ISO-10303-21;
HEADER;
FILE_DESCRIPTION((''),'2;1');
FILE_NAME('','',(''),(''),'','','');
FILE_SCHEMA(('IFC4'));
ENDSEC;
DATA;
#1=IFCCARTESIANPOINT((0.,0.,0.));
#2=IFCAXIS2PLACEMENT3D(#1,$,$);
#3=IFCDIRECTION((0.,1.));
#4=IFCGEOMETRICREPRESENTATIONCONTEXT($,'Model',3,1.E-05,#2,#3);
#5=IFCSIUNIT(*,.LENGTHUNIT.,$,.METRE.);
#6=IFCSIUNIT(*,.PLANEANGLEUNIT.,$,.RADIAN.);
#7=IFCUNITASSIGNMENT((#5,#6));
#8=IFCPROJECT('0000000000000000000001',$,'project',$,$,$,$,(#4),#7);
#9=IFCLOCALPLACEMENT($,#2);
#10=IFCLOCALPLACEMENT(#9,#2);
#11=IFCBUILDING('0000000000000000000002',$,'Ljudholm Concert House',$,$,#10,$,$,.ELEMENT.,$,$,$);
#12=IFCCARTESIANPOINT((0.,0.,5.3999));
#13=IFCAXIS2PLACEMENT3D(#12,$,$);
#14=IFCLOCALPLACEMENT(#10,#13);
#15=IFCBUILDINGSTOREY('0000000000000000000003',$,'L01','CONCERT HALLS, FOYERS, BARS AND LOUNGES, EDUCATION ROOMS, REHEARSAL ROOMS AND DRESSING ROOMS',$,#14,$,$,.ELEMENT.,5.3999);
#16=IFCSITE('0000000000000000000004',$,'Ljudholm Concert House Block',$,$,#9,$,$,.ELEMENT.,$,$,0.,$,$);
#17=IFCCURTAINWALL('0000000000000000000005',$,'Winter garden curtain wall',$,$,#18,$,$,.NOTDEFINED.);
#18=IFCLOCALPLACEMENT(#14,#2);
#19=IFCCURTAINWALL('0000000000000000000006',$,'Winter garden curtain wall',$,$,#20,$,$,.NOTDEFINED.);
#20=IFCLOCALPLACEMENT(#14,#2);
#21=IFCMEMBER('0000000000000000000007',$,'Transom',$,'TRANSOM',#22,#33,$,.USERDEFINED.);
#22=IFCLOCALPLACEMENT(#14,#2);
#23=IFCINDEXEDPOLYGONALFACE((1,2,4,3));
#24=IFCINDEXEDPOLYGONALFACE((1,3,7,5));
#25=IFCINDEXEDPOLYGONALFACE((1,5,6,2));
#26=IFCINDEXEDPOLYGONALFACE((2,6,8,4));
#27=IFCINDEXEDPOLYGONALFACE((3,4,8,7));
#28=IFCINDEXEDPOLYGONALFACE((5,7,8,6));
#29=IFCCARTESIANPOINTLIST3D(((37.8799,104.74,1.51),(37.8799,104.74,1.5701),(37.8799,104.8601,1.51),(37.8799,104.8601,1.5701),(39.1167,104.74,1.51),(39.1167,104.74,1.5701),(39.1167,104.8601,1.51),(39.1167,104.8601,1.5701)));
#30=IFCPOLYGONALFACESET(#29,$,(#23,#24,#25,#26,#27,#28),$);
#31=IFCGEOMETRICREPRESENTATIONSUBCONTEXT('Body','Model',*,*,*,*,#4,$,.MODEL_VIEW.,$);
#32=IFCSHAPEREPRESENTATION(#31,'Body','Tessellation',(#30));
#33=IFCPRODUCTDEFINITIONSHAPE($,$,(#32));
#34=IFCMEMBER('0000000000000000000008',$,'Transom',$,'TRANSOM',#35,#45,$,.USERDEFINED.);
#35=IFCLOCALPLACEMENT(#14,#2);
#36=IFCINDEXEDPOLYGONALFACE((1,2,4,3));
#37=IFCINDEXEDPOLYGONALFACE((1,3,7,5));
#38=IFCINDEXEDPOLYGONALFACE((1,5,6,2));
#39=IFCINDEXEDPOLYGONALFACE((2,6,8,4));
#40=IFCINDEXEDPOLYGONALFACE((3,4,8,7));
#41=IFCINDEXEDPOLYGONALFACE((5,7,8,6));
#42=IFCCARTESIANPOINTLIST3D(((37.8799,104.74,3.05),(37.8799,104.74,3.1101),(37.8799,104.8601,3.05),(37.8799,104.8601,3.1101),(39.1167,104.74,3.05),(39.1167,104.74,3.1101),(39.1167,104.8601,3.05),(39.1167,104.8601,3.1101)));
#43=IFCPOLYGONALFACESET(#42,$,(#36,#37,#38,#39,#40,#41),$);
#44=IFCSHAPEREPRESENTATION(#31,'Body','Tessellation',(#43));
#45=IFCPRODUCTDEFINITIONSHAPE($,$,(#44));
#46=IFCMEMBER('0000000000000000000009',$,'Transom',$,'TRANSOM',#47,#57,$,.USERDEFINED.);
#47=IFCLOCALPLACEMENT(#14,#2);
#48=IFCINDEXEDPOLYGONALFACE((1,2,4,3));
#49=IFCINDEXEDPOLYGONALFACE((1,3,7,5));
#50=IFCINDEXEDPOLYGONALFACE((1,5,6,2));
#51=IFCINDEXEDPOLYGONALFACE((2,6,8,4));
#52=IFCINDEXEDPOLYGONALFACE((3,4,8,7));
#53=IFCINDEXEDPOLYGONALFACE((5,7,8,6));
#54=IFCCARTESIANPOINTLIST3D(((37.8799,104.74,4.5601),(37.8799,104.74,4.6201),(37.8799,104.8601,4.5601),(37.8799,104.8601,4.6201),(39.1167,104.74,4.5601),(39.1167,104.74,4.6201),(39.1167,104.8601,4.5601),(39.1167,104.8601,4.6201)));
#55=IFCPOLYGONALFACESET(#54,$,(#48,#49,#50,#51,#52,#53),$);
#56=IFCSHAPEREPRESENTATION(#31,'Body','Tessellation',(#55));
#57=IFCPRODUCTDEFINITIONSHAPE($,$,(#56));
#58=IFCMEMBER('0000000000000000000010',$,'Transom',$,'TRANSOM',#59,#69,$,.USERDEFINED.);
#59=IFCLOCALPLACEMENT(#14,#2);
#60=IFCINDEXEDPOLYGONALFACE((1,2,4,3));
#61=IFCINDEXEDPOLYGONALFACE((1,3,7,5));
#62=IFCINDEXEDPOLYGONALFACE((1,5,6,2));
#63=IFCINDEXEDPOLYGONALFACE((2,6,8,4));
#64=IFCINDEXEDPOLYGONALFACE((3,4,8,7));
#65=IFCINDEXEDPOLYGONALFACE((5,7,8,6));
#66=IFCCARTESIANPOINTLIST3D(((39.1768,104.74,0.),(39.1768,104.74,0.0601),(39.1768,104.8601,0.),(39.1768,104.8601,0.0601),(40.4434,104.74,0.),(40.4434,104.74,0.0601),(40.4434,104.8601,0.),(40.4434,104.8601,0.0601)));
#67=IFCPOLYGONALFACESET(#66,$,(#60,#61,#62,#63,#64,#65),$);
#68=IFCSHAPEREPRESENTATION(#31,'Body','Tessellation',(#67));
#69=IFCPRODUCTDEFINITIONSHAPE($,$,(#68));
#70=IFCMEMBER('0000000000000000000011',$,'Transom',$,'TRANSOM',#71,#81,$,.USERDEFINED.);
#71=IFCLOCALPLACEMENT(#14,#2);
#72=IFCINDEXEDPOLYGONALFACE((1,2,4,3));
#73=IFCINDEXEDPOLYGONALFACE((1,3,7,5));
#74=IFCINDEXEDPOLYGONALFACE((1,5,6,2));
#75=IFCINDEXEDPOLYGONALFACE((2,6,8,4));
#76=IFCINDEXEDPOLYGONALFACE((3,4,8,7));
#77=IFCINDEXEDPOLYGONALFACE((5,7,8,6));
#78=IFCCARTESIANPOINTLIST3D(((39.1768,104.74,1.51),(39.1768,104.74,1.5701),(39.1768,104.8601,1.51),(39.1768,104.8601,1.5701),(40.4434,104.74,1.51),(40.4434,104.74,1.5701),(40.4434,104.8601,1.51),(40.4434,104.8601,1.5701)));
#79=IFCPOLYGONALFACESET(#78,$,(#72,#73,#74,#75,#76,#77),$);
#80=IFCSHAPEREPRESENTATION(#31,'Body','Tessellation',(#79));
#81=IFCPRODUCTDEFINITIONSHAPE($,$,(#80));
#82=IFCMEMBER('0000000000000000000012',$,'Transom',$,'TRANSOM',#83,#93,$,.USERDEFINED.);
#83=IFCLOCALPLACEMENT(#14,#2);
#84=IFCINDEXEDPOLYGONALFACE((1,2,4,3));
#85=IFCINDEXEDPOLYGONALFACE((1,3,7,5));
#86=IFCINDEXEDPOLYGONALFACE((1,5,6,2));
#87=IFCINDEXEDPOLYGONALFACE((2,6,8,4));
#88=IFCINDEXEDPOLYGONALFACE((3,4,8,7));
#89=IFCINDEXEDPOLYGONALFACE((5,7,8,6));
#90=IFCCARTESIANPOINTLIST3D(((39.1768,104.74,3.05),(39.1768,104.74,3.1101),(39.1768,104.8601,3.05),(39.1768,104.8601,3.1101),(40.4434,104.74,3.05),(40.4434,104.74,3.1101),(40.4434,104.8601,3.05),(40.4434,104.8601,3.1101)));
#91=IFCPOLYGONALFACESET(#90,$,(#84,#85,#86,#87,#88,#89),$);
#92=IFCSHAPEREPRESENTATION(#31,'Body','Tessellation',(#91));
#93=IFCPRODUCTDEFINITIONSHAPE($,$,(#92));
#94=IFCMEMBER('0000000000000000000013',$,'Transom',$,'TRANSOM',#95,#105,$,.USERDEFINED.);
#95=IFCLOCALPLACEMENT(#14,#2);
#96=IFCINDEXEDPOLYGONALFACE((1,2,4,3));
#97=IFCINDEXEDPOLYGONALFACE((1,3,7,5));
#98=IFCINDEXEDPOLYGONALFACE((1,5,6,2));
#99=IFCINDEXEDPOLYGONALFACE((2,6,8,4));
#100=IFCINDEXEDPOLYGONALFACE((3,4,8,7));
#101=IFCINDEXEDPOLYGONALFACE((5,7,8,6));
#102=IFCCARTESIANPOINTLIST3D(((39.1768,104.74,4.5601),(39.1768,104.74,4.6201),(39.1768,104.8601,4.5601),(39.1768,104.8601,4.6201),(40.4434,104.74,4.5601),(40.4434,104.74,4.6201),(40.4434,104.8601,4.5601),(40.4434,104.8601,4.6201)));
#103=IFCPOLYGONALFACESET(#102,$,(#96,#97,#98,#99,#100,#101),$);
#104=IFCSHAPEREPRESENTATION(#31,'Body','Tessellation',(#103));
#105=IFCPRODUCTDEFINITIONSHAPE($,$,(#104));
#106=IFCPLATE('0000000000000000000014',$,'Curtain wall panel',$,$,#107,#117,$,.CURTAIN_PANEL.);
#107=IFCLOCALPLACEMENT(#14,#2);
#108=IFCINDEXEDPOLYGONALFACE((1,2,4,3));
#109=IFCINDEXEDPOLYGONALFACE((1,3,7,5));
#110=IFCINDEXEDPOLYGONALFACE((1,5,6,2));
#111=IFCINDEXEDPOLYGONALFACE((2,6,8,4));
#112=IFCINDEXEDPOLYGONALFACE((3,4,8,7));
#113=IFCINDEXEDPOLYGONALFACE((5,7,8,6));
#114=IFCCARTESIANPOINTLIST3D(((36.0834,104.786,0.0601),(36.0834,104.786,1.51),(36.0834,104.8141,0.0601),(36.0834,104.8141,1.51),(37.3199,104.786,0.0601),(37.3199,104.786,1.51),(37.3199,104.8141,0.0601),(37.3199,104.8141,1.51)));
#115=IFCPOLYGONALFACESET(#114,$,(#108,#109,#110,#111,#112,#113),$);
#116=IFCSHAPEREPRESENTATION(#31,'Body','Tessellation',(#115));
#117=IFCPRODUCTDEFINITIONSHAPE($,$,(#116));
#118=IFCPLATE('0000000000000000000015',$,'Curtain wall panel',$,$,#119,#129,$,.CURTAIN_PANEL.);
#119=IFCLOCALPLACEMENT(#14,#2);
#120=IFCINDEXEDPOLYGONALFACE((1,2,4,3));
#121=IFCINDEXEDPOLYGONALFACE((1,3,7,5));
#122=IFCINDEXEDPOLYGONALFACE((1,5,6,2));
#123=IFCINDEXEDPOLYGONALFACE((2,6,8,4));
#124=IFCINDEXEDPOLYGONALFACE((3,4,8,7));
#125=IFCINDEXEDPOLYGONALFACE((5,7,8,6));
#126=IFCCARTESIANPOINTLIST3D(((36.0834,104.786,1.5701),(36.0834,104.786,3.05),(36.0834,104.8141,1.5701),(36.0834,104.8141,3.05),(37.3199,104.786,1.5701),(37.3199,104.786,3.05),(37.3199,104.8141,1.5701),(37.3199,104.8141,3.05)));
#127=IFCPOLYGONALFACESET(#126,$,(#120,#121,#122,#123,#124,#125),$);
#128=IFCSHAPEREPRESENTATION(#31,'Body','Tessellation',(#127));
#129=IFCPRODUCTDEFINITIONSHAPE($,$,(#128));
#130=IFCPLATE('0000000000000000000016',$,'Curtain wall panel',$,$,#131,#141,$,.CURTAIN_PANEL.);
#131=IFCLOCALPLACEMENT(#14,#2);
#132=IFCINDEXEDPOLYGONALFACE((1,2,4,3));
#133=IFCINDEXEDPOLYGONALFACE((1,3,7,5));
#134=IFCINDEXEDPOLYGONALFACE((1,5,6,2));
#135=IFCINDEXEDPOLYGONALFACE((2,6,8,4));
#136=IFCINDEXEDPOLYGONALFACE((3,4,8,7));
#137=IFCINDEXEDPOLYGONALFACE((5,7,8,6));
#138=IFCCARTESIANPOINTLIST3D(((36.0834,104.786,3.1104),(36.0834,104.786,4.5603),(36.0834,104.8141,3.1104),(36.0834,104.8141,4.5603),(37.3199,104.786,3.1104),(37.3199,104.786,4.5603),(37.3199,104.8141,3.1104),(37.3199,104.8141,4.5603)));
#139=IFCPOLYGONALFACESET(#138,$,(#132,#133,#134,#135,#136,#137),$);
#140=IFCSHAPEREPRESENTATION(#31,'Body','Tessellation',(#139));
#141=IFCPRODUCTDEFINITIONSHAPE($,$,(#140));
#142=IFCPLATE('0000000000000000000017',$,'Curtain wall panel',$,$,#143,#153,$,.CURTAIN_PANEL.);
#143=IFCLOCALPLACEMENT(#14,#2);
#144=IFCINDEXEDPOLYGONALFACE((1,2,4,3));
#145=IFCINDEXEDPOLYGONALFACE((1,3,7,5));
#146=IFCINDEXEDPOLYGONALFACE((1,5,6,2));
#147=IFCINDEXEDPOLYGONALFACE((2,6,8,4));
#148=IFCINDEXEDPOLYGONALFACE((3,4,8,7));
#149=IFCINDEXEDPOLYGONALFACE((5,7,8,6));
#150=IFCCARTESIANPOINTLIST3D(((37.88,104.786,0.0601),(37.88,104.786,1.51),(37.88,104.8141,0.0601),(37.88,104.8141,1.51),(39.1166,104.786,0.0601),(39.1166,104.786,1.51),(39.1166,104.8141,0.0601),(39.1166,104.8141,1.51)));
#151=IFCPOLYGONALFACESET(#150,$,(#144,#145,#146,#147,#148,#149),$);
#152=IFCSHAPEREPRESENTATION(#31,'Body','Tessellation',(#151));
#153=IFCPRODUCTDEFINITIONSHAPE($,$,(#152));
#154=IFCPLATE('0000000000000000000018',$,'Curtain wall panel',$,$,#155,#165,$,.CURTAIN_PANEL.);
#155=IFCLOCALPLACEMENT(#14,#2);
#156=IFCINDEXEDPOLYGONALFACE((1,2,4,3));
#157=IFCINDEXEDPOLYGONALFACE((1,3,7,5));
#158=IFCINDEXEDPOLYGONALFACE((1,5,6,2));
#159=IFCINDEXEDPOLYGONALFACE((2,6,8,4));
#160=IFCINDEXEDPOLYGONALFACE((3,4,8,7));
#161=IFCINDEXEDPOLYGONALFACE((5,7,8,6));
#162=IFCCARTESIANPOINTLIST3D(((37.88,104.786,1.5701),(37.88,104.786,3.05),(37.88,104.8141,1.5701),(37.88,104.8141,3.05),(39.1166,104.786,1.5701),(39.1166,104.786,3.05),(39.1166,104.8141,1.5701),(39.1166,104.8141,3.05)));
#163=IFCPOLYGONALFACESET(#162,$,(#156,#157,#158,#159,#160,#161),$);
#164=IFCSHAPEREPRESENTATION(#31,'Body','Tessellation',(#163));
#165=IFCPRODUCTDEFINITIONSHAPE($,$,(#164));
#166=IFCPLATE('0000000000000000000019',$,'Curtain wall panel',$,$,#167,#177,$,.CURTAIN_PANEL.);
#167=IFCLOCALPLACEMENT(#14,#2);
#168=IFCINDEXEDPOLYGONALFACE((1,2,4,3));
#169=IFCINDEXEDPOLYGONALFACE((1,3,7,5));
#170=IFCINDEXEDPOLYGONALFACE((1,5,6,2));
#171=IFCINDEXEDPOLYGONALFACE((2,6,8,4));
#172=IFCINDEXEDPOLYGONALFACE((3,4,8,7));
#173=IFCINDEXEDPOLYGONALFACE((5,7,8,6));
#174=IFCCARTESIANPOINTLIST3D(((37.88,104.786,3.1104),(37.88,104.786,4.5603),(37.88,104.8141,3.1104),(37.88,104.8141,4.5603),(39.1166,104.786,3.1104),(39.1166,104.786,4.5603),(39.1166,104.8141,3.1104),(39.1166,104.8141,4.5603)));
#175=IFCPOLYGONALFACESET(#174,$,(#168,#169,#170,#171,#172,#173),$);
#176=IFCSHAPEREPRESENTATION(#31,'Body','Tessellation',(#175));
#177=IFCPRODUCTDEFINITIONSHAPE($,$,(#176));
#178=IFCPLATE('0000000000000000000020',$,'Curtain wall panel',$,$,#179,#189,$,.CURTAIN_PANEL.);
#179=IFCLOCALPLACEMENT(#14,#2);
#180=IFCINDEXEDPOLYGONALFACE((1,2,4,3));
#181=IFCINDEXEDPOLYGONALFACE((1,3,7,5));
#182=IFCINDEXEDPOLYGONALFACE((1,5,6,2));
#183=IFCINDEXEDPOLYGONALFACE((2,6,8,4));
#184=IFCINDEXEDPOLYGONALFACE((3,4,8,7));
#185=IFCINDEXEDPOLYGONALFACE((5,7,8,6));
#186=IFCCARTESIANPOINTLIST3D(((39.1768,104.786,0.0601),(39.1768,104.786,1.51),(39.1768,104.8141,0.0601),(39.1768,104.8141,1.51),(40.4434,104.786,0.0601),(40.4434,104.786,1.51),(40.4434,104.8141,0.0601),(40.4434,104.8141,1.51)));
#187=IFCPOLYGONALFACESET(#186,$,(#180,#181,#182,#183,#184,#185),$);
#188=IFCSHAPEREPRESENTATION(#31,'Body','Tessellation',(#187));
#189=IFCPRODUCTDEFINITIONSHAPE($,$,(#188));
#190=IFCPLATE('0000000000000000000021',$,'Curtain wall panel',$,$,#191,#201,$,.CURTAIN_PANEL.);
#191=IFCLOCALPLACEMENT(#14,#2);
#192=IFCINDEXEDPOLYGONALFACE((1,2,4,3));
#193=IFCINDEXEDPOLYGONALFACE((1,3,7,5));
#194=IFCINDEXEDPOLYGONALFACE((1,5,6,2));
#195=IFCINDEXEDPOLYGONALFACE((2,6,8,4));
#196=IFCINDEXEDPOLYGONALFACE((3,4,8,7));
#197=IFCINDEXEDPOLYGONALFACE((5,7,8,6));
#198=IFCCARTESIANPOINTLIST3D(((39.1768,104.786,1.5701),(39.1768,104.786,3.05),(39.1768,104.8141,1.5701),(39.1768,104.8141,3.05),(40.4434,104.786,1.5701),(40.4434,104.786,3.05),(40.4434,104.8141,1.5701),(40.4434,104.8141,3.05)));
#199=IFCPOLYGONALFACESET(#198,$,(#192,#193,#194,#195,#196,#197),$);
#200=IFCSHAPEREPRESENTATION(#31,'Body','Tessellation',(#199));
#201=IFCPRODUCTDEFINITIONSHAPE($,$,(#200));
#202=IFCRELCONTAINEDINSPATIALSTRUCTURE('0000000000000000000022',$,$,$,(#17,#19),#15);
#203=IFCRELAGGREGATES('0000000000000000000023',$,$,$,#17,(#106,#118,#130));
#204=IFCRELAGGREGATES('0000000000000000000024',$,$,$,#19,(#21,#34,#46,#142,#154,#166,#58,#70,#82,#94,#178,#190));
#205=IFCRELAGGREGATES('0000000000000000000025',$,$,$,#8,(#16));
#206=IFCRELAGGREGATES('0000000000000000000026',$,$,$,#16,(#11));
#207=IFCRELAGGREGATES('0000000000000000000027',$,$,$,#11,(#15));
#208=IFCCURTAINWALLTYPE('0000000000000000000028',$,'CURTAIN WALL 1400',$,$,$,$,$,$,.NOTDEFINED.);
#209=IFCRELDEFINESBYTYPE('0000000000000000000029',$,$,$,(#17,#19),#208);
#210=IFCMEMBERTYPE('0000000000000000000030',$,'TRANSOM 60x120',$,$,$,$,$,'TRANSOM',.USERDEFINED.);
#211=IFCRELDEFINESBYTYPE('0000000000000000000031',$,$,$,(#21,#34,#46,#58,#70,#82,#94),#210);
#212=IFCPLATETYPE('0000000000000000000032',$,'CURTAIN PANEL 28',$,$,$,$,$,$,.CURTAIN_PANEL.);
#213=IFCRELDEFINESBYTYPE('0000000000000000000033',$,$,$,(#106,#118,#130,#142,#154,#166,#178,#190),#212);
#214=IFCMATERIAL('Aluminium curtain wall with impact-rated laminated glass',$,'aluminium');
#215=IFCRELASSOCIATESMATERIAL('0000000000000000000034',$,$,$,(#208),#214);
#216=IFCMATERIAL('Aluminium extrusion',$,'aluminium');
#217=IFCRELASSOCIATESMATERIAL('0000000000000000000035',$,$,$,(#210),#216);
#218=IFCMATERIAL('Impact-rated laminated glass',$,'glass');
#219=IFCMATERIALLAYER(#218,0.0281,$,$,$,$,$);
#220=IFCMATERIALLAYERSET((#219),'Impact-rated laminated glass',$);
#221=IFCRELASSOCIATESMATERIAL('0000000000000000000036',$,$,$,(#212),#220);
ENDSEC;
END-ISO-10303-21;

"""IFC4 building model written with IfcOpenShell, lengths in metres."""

from ifc_helpers import new_model, si_unit, direction, frame, origin, origin_2d, place, context, subcontext, project, spatial, rectangle, extrude, material, layer, layer_set, material_profile, profile_set, type_object, element, aggregate, save


model = new_model("IFC4")

# Units and contexts
model_context = context("Model", 3, precision=1e-05, world=origin(), true_north=direction((0.0, 1.0)))
body_context = subcontext(model_context, "Body", "Model", "MODEL_VIEW")
ifc_project = project(units=[si_unit("LENGTHUNIT", "METRE"), si_unit("PLANEANGLEUNIT", "RADIAN")], contexts=[model_context])

# Site, building, storey
site_placement = place(None, origin())
site = spatial("IfcSite", under=ifc_project, at=site_placement, Name="Ljudholm Concert House Block", CompositionType="ELEMENT", RefElevation=0.0)
building_placement = place(site_placement, origin())
building = spatial("IfcBuilding", under=site, at=building_placement, Name="Ljudholm Concert House", CompositionType="ELEMENT")
storey_placement = place(building_placement, frame((0.0, 0.0, 5.3999)))
storey = spatial("IfcBuildingStorey", under=building, at=storey_placement, Name="L01", Description="CONCERT HALLS, FOYERS, BARS AND LOUNGES, EDUCATION ROOMS, REHEARSAL ROOMS AND DRESSING ROOMS", CompositionType="ELEMENT", Elevation=5.3999)

# Curtain wall
ifc_material_1 = material(Name="Aluminium curtain wall with impact-rated laminated glass", Category="aluminium")
curtain_wall_type = type_object("IfcCurtainWallType", Name="CURTAIN WALL 1400", PredefinedType="NOTDEFINED", material=ifc_material_1)
curtain_wall_1_placement = place(storey_placement, origin())
curtain_wall_1 = element("IfcCurtainWall", 1, at=curtain_wall_1_placement, inside=storey, type_object=curtain_wall_type, Name="Winter garden curtain wall", PredefinedType="NOTDEFINED")

# Curtain wall
curtain_wall_2_placement = place(storey_placement, origin())
curtain_wall_2 = element("IfcCurtainWall", 2, at=curtain_wall_2_placement, inside=storey, type_object=curtain_wall_type, Name="Winter garden curtain wall", PredefinedType="NOTDEFINED")

# Members
ifc_material_2 = material(Name="Aluminium extrusion", Category="aluminium")
ifc_material_profile_1 = material_profile(ifc_material_2, rectangle(XDim=0.1201, YDim=0.0601, at=origin_2d()), Name="TRANSOM 60x120")
ifc_profile_set_1 = profile_set([ifc_material_profile_1], Name="Aluminium extrusion")
member_type_1 = type_object("IfcMemberType", Name="TRANSOM 60x120", ElementType="TRANSOM", PredefinedType="USERDEFINED", material=ifc_profile_set_1)
member_1_placement = place(storey_placement, frame((37.8799, 104.8, 1.54), z_axis=(1.0, 0.0, 0.0), x_axis=(0.0, 1.0, 0.0)))
member_1 = element("IfcMember", 3, at=member_1_placement, type_object=member_type_1, Name="Transom", ObjectType="TRANSOM", PredefinedType="USERDEFINED", context=body_context, shape_type="SweptSolid", body=[
    extrude(rectangle(XDim=0.1201, YDim=0.0601, at=origin_2d()), origin(), (0.0, 0.0, 1.0), 1.2368),
])
member_2_placement = place(storey_placement, frame((37.8799, 104.8, 3.0801), z_axis=(1.0, 0.0, 0.0), x_axis=(0.0, 1.0, 0.0)))
member_2 = element("IfcMember", 4, at=member_2_placement, type_object=member_type_1, Name="Transom", ObjectType="TRANSOM", PredefinedType="USERDEFINED", context=body_context, shape_type="SweptSolid", body=[
    extrude(rectangle(XDim=0.1201, YDim=0.0601, at=origin_2d()), origin(), (0.0, 0.0, 1.0), 1.2368),
])
member_3_placement = place(storey_placement, frame((37.8799, 104.8, 4.5901), z_axis=(1.0, 0.0, 0.0), x_axis=(0.0, 1.0, 0.0)))
member_3 = element("IfcMember", 5, at=member_3_placement, type_object=member_type_1, Name="Transom", ObjectType="TRANSOM", PredefinedType="USERDEFINED", context=body_context, shape_type="SweptSolid", body=[
    extrude(rectangle(XDim=0.1201, YDim=0.0601, at=origin_2d()), origin(), (0.0, 0.0, 1.0), 1.2368),
])
member_4_placement = place(storey_placement, frame((39.1768, 104.8, 0.03), z_axis=(1.0, 0.0, 0.0), x_axis=(0.0, 1.0, 0.0)))
member_4 = element("IfcMember", 6, at=member_4_placement, type_object=member_type_1, Name="Transom", ObjectType="TRANSOM", PredefinedType="USERDEFINED", context=body_context, shape_type="SweptSolid", body=[
    extrude(rectangle(XDim=0.1201, YDim=0.0601, at=origin_2d()), origin(), (0.0, 0.0, 1.0), 1.2666),
])
member_5_placement = place(storey_placement, frame((39.1768, 104.8, 1.54), z_axis=(1.0, 0.0, 0.0), x_axis=(0.0, 1.0, 0.0)))
member_5 = element("IfcMember", 7, at=member_5_placement, type_object=member_type_1, Name="Transom", ObjectType="TRANSOM", PredefinedType="USERDEFINED", context=body_context, shape_type="SweptSolid", body=[
    extrude(rectangle(XDim=0.1201, YDim=0.0601, at=origin_2d()), origin(), (0.0, 0.0, 1.0), 1.2666),
])
member_6_placement = place(storey_placement, frame((39.1768, 104.8, 3.0801), z_axis=(1.0, 0.0, 0.0), x_axis=(0.0, 1.0, 0.0)))
member_6 = element("IfcMember", 8, at=member_6_placement, type_object=member_type_1, Name="Transom", ObjectType="TRANSOM", PredefinedType="USERDEFINED", context=body_context, shape_type="SweptSolid", body=[
    extrude(rectangle(XDim=0.1201, YDim=0.0601, at=origin_2d()), origin(), (0.0, 0.0, 1.0), 1.2666),
])
member_7_placement = place(storey_placement, frame((39.1768, 104.8, 4.5901), z_axis=(1.0, 0.0, 0.0), x_axis=(0.0, 1.0, 0.0)))
member_7 = element("IfcMember", 9, at=member_7_placement, type_object=member_type_1, Name="Transom", ObjectType="TRANSOM", PredefinedType="USERDEFINED", context=body_context, shape_type="SweptSolid", body=[
    extrude(rectangle(XDim=0.1201, YDim=0.0601, at=origin_2d()), origin(), (0.0, 0.0, 1.0), 1.2666),
])

# Plates
ifc_material_3 = material(Name="Impact-rated laminated glass", Category="glass")
ifc_layer = layer(ifc_material_3, 0.0281)
ifc_layer_set = layer_set([ifc_layer], Name="Impact-rated laminated glass")
plate_type = type_object("IfcPlateType", Name="CURTAIN PANEL 28", PredefinedType="CURTAIN_PANEL", material=ifc_layer_set)
plate_1_placement = place(storey_placement, frame((36.7017, 104.8, 0.0601), z_axis=(0.0, 0.0, 1.0), x_axis=(1.0, 0.0, 0.0)))
plate_1 = element("IfcPlate", 10, at=plate_1_placement, type_object=plate_type, Name="Curtain wall panel", PredefinedType="CURTAIN_PANEL", context=body_context, shape_type="SweptSolid", body=[
    extrude(rectangle(XDim=1.2366, YDim=0.0281, at=origin_2d()), origin(), (0.0, 0.0, 1.0), 1.45),
])
plate_2_placement = place(storey_placement, frame((36.7017, 104.8, 1.5701), z_axis=(0.0, 0.0, 1.0), x_axis=(1.0, 0.0, 0.0)))
plate_2 = element("IfcPlate", 11, at=plate_2_placement, type_object=plate_type, Name="Curtain wall panel", PredefinedType="CURTAIN_PANEL", context=body_context, shape_type="SweptSolid", body=[
    extrude(rectangle(XDim=1.2366, YDim=0.0281, at=origin_2d()), origin(), (0.0, 0.0, 1.0), 1.48),
])
plate_3_placement = place(storey_placement, frame((36.7017, 104.8, 3.1104), z_axis=(0.0, 0.0, 1.0), x_axis=(1.0, 0.0, 0.0)))
plate_3 = element("IfcPlate", 12, at=plate_3_placement, type_object=plate_type, Name="Curtain wall panel", PredefinedType="CURTAIN_PANEL", context=body_context, shape_type="SweptSolid", body=[
    extrude(rectangle(XDim=1.2366, YDim=0.0281, at=origin_2d()), origin(), (0.0, 0.0, 1.0), 1.45),
])
aggregate(curtain_wall_1, [plate_1, plate_2, plate_3])
plate_4_placement = place(storey_placement, frame((38.4983, 104.8, 0.0601), z_axis=(0.0, 0.0, 1.0), x_axis=(1.0, 0.0, 0.0)))
plate_4 = element("IfcPlate", 13, at=plate_4_placement, type_object=plate_type, Name="Curtain wall panel", PredefinedType="CURTAIN_PANEL", context=body_context, shape_type="SweptSolid", body=[
    extrude(rectangle(XDim=1.2366, YDim=0.0281, at=origin_2d()), origin(), (0.0, 0.0, 1.0), 1.45),
])
plate_5_placement = place(storey_placement, frame((38.4983, 104.8, 1.5701), z_axis=(0.0, 0.0, 1.0), x_axis=(1.0, 0.0, 0.0)))
plate_5 = element("IfcPlate", 14, at=plate_5_placement, type_object=plate_type, Name="Curtain wall panel", PredefinedType="CURTAIN_PANEL", context=body_context, shape_type="SweptSolid", body=[
    extrude(rectangle(XDim=1.2366, YDim=0.0281, at=origin_2d()), origin(), (0.0, 0.0, 1.0), 1.48),
])
plate_6_placement = place(storey_placement, frame((38.4983, 104.8, 3.1104), z_axis=(0.0, 0.0, 1.0), x_axis=(1.0, 0.0, 0.0)))
plate_6 = element("IfcPlate", 15, at=plate_6_placement, type_object=plate_type, Name="Curtain wall panel", PredefinedType="CURTAIN_PANEL", context=body_context, shape_type="SweptSolid", body=[
    extrude(rectangle(XDim=1.2366, YDim=0.0281, at=origin_2d()), origin(), (0.0, 0.0, 1.0), 1.45),
])
plate_7_placement = place(storey_placement, frame((39.8101, 104.8, 0.0601), z_axis=(0.0, 0.0, 1.0), x_axis=(1.0, 0.0, 0.0)))
plate_7 = element("IfcPlate", 16, at=plate_7_placement, type_object=plate_type, Name="Curtain wall panel", PredefinedType="CURTAIN_PANEL", context=body_context, shape_type="SweptSolid", body=[
    extrude(rectangle(XDim=1.2666, YDim=0.0281, at=origin_2d()), origin(), (0.0, 0.0, 1.0), 1.45),
])
plate_8_placement = place(storey_placement, frame((39.8101, 104.8, 1.5701), z_axis=(0.0, 0.0, 1.0), x_axis=(1.0, 0.0, 0.0)))
plate_8 = element("IfcPlate", 17, at=plate_8_placement, type_object=plate_type, Name="Curtain wall panel", PredefinedType="CURTAIN_PANEL", context=body_context, shape_type="SweptSolid", body=[
    extrude(rectangle(XDim=1.2666, YDim=0.0281, at=origin_2d()), origin(), (0.0, 0.0, 1.0), 1.48),
])
aggregate(curtain_wall_2, [member_1, member_2, member_3, plate_4, plate_5, plate_6, member_4, member_5, member_6, member_7, plate_7, plate_8])

save(model, "model.ifc")
